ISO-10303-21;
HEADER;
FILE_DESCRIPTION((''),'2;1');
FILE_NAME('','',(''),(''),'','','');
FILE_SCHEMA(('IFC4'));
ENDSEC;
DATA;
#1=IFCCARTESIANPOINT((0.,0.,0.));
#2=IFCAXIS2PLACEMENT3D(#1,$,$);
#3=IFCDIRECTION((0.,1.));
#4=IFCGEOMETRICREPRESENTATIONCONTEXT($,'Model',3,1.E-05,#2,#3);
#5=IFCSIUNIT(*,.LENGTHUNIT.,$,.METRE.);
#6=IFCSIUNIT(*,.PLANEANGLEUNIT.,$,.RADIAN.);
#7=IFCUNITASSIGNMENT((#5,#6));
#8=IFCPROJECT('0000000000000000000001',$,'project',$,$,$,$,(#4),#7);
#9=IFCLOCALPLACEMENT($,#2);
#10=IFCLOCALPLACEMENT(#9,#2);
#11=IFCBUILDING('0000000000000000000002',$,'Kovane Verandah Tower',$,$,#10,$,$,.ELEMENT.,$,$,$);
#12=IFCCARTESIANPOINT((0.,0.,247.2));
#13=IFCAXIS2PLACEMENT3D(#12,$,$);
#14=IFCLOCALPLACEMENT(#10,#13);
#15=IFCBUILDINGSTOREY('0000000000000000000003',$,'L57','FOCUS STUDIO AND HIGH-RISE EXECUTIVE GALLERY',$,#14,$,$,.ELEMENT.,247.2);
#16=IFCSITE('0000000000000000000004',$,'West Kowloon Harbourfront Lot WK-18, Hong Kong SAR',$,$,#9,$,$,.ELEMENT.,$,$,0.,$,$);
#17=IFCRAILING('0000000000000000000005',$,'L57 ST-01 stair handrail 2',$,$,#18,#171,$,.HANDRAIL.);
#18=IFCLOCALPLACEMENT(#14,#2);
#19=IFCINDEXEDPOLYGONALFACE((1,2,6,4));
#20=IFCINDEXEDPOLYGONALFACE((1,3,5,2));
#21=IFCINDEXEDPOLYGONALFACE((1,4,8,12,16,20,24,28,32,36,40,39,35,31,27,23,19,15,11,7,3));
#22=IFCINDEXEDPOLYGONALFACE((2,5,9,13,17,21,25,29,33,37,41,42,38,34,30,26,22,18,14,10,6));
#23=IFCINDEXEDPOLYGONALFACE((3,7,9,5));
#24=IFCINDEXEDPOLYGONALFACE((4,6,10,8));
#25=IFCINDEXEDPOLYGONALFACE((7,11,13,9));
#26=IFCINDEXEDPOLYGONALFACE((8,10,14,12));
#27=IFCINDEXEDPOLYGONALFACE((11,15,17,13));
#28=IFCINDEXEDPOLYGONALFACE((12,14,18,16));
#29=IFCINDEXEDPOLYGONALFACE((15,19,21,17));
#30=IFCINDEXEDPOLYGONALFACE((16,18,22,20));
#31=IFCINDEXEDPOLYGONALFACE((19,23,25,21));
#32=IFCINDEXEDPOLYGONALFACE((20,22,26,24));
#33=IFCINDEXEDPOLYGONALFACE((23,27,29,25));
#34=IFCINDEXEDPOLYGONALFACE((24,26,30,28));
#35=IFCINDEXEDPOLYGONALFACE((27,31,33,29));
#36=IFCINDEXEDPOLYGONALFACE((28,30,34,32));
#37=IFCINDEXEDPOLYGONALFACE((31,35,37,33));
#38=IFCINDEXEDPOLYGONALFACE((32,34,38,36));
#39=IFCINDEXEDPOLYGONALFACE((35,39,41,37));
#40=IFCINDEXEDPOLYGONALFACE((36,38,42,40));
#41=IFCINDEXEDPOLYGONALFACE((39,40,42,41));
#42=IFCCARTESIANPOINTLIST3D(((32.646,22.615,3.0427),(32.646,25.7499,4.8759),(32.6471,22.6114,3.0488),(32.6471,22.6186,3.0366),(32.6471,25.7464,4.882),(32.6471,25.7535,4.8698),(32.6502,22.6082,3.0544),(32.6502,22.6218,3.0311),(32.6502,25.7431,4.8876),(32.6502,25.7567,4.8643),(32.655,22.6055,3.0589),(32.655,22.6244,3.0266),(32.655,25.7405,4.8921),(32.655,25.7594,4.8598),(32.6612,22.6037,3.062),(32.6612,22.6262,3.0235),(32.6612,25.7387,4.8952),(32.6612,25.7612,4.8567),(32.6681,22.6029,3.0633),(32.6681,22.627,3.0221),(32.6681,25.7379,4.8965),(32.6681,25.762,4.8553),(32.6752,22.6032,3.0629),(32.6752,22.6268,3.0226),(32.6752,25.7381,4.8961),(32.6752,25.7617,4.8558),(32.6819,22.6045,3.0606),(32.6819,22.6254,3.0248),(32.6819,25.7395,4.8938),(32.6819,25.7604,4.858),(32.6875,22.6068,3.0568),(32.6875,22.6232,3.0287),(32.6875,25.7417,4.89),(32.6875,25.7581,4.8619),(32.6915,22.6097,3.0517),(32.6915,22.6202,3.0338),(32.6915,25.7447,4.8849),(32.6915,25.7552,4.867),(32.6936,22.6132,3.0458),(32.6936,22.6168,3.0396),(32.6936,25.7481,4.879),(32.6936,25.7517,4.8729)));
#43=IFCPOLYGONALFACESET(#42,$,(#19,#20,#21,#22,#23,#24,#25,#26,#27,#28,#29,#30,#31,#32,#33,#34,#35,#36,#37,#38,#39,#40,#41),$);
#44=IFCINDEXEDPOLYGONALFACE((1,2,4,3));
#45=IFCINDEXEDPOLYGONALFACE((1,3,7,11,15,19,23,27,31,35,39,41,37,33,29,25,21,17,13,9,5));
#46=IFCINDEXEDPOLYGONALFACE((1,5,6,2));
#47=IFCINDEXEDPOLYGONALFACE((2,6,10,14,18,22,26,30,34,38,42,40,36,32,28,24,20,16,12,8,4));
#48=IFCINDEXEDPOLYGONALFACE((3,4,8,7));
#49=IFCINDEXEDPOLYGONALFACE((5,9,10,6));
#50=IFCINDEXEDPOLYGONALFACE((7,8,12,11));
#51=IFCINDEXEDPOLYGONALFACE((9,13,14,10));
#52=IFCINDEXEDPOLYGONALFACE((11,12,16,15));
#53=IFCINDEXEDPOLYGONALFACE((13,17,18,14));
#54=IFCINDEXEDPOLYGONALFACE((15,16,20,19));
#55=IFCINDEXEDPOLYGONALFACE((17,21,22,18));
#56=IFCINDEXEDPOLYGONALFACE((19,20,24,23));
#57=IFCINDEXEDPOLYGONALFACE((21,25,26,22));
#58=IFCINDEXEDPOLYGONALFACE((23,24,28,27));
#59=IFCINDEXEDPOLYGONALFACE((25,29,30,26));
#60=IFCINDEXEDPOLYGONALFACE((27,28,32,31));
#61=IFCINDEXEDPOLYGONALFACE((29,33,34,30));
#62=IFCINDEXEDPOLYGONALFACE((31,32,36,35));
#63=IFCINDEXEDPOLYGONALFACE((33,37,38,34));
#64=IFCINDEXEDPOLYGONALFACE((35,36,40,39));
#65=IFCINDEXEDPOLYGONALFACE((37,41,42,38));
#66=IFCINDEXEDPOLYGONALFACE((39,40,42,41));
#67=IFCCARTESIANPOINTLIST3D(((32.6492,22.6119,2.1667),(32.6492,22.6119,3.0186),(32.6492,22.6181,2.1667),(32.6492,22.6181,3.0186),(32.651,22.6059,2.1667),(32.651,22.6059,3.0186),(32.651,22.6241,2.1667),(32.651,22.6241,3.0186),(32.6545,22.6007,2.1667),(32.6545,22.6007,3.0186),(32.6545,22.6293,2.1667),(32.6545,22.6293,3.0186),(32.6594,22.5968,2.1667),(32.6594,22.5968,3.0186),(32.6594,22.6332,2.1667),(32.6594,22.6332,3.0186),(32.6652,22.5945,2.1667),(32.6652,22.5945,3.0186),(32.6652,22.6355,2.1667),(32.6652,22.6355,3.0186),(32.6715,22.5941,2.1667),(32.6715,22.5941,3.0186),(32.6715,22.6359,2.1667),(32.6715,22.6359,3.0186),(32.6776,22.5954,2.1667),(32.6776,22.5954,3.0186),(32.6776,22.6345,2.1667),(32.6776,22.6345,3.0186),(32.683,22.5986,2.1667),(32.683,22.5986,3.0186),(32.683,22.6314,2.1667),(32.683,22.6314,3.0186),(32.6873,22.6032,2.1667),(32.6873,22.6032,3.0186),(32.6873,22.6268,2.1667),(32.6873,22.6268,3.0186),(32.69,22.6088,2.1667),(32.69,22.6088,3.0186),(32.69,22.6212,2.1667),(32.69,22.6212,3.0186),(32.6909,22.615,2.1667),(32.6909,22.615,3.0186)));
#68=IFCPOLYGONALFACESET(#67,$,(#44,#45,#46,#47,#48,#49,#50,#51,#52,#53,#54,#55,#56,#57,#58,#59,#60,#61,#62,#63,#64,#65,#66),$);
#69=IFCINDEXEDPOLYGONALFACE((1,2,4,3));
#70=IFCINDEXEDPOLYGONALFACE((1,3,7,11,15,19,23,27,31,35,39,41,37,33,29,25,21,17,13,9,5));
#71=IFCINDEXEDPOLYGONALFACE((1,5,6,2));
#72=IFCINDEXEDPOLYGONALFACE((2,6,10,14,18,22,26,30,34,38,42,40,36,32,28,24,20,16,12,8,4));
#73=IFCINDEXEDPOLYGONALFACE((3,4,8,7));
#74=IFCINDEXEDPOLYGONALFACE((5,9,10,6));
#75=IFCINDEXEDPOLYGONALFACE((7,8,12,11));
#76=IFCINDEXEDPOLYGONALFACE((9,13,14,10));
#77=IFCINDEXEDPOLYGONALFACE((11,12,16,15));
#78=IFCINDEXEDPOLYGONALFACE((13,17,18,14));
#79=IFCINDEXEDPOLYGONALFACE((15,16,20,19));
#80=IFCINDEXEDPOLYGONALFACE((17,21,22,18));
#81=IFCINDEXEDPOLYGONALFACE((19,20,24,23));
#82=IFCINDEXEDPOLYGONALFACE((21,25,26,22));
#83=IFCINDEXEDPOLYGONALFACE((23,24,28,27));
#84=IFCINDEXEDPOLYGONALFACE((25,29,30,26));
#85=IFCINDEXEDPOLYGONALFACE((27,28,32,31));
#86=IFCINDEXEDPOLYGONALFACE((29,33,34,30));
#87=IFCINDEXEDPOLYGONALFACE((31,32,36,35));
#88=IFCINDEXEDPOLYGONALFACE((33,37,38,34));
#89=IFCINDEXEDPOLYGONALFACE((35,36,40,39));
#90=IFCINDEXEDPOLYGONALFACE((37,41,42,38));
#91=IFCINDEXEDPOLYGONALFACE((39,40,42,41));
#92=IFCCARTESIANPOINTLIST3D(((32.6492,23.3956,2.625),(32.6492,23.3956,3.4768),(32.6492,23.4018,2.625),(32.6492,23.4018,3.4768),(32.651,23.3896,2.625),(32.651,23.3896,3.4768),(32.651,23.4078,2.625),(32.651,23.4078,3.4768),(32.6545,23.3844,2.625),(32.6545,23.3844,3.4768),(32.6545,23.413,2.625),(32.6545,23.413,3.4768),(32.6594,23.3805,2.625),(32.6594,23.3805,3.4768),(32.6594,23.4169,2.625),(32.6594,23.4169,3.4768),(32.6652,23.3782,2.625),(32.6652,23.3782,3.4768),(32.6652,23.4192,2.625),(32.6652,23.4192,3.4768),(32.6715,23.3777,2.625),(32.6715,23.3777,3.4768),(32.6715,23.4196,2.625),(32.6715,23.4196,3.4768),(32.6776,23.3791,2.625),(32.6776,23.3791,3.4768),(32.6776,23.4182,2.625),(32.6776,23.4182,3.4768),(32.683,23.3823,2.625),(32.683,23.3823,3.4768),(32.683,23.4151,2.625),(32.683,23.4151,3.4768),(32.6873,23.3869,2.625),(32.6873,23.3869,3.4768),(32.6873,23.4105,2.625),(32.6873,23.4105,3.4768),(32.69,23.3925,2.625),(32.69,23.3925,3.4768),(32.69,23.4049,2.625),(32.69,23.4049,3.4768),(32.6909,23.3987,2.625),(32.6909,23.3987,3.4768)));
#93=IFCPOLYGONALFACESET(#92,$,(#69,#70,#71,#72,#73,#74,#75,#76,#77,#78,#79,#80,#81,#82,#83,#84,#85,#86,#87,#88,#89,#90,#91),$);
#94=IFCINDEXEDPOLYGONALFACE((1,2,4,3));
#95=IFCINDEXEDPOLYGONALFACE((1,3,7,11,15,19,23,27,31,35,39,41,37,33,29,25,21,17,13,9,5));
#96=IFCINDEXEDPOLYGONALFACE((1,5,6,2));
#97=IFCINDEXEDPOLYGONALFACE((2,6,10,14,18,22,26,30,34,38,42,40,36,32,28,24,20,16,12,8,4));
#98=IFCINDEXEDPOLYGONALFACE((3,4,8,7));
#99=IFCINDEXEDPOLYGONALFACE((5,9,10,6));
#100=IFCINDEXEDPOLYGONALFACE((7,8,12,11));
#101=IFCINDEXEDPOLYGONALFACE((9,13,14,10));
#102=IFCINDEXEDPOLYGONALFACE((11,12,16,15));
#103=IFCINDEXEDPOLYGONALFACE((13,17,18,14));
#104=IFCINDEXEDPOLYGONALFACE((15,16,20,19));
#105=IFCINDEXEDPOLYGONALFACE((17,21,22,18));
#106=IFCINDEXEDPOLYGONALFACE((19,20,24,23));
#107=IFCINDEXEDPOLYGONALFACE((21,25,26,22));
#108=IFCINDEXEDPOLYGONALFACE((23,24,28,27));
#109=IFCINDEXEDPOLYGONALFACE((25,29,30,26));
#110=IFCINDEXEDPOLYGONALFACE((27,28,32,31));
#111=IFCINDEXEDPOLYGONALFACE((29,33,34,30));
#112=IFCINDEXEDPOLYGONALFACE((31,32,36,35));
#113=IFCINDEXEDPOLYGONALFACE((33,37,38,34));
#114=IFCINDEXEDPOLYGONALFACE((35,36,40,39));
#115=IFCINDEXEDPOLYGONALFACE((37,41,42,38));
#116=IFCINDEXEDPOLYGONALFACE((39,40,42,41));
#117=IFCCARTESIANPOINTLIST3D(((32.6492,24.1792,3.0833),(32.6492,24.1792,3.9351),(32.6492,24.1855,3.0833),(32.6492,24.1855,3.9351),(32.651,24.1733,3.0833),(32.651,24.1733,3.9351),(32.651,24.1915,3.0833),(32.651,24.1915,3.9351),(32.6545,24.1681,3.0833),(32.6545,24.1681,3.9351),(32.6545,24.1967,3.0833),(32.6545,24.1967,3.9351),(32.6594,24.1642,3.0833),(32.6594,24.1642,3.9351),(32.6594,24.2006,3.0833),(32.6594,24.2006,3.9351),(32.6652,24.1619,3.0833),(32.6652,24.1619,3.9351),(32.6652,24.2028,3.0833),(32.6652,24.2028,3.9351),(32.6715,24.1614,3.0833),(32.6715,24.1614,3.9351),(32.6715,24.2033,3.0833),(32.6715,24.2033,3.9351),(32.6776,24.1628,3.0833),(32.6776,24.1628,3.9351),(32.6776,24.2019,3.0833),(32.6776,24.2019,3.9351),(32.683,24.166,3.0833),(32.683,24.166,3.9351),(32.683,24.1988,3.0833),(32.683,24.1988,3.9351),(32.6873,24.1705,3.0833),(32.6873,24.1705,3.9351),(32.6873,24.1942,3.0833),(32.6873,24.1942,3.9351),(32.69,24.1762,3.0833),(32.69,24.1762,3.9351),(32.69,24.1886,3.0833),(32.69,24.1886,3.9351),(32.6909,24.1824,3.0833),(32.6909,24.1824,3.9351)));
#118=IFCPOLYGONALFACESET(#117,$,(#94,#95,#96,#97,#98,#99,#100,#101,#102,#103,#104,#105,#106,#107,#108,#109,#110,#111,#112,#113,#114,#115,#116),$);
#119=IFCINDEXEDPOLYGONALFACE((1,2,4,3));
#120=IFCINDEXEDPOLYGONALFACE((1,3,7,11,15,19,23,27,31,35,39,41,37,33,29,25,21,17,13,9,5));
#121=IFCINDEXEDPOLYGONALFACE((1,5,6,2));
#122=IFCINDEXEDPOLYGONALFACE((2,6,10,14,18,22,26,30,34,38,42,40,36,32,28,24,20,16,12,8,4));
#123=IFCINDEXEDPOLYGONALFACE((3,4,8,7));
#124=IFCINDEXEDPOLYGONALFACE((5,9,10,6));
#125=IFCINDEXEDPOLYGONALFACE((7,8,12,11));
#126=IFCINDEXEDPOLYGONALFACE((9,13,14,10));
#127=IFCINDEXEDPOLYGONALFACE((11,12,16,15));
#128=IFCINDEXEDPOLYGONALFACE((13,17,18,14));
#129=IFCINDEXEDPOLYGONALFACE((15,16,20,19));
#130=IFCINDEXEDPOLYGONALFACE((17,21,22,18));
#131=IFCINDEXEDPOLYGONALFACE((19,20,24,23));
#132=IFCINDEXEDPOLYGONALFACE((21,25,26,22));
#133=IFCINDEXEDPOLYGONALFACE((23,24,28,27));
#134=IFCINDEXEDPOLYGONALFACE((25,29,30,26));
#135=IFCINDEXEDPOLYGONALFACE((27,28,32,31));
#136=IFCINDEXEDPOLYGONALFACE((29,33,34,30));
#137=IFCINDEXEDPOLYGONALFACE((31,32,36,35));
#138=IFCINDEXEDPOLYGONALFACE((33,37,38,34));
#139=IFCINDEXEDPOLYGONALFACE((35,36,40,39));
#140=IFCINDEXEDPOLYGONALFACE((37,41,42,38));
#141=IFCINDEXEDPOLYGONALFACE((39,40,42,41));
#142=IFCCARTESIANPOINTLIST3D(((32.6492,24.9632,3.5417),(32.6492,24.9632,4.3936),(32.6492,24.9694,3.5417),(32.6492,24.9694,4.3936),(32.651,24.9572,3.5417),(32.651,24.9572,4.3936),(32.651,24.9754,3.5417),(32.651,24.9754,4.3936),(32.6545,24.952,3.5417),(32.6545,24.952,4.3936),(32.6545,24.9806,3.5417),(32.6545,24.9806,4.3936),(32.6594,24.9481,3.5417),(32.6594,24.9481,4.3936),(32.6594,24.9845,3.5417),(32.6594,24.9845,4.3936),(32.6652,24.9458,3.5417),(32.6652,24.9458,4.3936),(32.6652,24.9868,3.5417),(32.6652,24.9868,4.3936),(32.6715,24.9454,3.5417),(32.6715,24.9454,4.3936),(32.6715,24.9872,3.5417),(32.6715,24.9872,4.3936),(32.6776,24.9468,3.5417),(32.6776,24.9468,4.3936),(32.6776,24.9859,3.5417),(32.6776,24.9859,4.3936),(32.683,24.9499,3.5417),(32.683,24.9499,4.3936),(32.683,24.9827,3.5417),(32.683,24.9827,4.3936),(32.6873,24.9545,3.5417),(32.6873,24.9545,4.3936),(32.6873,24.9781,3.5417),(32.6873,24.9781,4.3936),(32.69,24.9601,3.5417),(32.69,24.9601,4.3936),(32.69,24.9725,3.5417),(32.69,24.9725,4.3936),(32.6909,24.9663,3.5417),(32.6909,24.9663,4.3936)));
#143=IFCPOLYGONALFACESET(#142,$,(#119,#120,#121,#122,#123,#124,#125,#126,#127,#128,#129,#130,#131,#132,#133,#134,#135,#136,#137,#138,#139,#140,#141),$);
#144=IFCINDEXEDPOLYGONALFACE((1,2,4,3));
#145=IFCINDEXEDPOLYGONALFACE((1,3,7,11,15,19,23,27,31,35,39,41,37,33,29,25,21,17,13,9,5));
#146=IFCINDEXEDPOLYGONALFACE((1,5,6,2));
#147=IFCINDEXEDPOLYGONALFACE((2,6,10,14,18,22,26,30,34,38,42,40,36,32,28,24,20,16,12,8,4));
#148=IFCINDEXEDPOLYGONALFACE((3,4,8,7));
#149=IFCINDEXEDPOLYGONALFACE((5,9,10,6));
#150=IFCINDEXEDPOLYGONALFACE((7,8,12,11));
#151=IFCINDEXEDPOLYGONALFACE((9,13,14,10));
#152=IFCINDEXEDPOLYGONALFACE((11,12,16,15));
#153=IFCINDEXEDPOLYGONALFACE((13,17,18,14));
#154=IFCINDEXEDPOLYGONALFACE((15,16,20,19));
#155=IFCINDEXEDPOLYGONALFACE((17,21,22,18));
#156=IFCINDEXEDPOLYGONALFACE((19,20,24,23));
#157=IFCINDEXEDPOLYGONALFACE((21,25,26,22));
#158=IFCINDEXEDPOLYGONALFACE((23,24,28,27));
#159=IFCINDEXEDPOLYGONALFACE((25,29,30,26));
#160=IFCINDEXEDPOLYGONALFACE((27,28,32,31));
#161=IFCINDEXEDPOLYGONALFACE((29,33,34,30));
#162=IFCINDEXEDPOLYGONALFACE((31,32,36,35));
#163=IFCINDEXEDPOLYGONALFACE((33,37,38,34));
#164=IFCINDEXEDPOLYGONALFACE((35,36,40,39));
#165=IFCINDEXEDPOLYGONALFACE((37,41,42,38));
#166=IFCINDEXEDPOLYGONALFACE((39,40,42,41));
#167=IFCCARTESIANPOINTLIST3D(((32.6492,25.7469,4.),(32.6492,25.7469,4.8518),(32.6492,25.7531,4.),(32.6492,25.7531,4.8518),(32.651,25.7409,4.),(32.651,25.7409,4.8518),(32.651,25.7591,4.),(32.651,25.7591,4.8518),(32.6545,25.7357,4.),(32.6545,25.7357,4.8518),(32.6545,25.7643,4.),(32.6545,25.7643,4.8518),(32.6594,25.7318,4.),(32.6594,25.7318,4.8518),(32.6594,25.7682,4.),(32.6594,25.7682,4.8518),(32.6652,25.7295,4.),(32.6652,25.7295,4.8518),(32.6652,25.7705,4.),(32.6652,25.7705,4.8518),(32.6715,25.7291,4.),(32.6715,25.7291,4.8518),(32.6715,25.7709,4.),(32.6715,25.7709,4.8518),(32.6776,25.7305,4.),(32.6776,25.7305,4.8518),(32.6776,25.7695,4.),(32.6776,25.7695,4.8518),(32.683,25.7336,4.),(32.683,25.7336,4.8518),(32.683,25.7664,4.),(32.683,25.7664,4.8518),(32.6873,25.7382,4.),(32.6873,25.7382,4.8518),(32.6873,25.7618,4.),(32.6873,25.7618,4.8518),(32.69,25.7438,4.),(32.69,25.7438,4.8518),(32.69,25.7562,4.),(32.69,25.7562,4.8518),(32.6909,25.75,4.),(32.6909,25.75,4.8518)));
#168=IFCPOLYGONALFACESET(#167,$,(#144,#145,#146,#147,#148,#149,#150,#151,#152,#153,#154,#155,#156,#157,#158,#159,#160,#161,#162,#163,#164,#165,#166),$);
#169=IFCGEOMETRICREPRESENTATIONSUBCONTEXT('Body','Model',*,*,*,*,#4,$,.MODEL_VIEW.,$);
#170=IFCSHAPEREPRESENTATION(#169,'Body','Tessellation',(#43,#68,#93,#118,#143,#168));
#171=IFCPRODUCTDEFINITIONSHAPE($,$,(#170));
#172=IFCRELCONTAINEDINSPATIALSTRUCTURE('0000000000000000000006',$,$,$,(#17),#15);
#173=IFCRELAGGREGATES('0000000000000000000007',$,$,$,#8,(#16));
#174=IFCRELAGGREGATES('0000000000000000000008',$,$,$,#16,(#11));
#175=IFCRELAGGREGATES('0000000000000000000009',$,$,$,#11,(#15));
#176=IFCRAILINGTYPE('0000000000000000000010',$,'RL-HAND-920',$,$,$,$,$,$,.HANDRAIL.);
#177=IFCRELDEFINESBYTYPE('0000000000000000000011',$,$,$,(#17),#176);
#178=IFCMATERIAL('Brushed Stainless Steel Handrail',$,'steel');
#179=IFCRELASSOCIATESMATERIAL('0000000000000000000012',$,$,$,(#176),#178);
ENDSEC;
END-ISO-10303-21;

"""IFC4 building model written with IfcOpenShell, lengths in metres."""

from ifc_helpers import new_model, si_unit, direction, frame, origin, origin_2d, place, context, subcontext, project, spatial, circle, extrude, material, type_object, element, save


model = new_model("IFC4")

# Units and contexts
model_context = context("Model", 3, precision=1e-05, world=origin(), true_north=direction((0.0, 1.0)))
body_context = subcontext(model_context, "Body", "Model", "MODEL_VIEW")
ifc_project = project(units=[si_unit("LENGTHUNIT", "METRE"), si_unit("PLANEANGLEUNIT", "RADIAN")], contexts=[model_context])

# Site, building, storey
site_placement = place(None, origin())
site = spatial("IfcSite", under=ifc_project, at=site_placement, Name="West Kowloon Harbourfront Lot WK-18, Hong Kong SAR", CompositionType="ELEMENT", RefElevation=0.0)
building_placement = place(site_placement, origin())
building = spatial("IfcBuilding", under=site, at=building_placement, Name="Kovane Verandah Tower", CompositionType="ELEMENT")
storey_placement = place(building_placement, frame((0.0, 0.0, 247.2)))
storey = spatial("IfcBuildingStorey", under=building, at=storey_placement, Name="L57", Description="FOCUS STUDIO AND HIGH-RISE EXECUTIVE GALLERY", CompositionType="ELEMENT", Elevation=247.2)

# Railing
ifc_material_1 = material(Name="Brushed Stainless Steel Handrail", Category="steel")
railing_type_1 = type_object("IfcRailingType", Name="RL-HAND-920", PredefinedType="HANDRAIL", material=ifc_material_1)
railing_1_placement = place(storey_placement, frame((32.6699, 22.615, 2.1667)))
element("IfcRailing", 1, at=railing_1_placement, inside=storey, type_object=railing_type_1, Name="L57 ST-01 stair handrail 2", PredefinedType="HANDRAIL", context=body_context, shape_type="SweptSolid", body=[
    extrude(circle(Radius=0.0239, at=origin_2d()), frame((0.0, 0.0, 0.876), z_axis=(0.0, 0.86324, 0.504794), x_axis=(-1.0, 0.0, 0.0)), (0.0, 0.0, 1.0), 3.6316),
    extrude(circle(Radius=0.021, at=origin_2d()), origin(), (0.0, 0.0, 1.0), 0.8518),
    extrude(circle(Radius=0.021, at=origin_2d()), frame((0.0, 0.7837, 0.4583)), (0.0, 0.0, 1.0), 0.8518),
    extrude(circle(Radius=0.021, at=origin_2d()), frame((0.0, 1.5674, 0.9165)), (0.0, 0.0, 1.0), 0.8518),
    extrude(circle(Radius=0.021, at=origin_2d()), frame((0.0, 2.3513, 1.375)), (0.0, 0.0, 1.0), 0.8518),
    extrude(circle(Radius=0.021, at=origin_2d()), frame((0.0, 3.135, 1.8333)), (0.0, 0.0, 1.0), 0.8518),
])

save(model, "model.ifc")
